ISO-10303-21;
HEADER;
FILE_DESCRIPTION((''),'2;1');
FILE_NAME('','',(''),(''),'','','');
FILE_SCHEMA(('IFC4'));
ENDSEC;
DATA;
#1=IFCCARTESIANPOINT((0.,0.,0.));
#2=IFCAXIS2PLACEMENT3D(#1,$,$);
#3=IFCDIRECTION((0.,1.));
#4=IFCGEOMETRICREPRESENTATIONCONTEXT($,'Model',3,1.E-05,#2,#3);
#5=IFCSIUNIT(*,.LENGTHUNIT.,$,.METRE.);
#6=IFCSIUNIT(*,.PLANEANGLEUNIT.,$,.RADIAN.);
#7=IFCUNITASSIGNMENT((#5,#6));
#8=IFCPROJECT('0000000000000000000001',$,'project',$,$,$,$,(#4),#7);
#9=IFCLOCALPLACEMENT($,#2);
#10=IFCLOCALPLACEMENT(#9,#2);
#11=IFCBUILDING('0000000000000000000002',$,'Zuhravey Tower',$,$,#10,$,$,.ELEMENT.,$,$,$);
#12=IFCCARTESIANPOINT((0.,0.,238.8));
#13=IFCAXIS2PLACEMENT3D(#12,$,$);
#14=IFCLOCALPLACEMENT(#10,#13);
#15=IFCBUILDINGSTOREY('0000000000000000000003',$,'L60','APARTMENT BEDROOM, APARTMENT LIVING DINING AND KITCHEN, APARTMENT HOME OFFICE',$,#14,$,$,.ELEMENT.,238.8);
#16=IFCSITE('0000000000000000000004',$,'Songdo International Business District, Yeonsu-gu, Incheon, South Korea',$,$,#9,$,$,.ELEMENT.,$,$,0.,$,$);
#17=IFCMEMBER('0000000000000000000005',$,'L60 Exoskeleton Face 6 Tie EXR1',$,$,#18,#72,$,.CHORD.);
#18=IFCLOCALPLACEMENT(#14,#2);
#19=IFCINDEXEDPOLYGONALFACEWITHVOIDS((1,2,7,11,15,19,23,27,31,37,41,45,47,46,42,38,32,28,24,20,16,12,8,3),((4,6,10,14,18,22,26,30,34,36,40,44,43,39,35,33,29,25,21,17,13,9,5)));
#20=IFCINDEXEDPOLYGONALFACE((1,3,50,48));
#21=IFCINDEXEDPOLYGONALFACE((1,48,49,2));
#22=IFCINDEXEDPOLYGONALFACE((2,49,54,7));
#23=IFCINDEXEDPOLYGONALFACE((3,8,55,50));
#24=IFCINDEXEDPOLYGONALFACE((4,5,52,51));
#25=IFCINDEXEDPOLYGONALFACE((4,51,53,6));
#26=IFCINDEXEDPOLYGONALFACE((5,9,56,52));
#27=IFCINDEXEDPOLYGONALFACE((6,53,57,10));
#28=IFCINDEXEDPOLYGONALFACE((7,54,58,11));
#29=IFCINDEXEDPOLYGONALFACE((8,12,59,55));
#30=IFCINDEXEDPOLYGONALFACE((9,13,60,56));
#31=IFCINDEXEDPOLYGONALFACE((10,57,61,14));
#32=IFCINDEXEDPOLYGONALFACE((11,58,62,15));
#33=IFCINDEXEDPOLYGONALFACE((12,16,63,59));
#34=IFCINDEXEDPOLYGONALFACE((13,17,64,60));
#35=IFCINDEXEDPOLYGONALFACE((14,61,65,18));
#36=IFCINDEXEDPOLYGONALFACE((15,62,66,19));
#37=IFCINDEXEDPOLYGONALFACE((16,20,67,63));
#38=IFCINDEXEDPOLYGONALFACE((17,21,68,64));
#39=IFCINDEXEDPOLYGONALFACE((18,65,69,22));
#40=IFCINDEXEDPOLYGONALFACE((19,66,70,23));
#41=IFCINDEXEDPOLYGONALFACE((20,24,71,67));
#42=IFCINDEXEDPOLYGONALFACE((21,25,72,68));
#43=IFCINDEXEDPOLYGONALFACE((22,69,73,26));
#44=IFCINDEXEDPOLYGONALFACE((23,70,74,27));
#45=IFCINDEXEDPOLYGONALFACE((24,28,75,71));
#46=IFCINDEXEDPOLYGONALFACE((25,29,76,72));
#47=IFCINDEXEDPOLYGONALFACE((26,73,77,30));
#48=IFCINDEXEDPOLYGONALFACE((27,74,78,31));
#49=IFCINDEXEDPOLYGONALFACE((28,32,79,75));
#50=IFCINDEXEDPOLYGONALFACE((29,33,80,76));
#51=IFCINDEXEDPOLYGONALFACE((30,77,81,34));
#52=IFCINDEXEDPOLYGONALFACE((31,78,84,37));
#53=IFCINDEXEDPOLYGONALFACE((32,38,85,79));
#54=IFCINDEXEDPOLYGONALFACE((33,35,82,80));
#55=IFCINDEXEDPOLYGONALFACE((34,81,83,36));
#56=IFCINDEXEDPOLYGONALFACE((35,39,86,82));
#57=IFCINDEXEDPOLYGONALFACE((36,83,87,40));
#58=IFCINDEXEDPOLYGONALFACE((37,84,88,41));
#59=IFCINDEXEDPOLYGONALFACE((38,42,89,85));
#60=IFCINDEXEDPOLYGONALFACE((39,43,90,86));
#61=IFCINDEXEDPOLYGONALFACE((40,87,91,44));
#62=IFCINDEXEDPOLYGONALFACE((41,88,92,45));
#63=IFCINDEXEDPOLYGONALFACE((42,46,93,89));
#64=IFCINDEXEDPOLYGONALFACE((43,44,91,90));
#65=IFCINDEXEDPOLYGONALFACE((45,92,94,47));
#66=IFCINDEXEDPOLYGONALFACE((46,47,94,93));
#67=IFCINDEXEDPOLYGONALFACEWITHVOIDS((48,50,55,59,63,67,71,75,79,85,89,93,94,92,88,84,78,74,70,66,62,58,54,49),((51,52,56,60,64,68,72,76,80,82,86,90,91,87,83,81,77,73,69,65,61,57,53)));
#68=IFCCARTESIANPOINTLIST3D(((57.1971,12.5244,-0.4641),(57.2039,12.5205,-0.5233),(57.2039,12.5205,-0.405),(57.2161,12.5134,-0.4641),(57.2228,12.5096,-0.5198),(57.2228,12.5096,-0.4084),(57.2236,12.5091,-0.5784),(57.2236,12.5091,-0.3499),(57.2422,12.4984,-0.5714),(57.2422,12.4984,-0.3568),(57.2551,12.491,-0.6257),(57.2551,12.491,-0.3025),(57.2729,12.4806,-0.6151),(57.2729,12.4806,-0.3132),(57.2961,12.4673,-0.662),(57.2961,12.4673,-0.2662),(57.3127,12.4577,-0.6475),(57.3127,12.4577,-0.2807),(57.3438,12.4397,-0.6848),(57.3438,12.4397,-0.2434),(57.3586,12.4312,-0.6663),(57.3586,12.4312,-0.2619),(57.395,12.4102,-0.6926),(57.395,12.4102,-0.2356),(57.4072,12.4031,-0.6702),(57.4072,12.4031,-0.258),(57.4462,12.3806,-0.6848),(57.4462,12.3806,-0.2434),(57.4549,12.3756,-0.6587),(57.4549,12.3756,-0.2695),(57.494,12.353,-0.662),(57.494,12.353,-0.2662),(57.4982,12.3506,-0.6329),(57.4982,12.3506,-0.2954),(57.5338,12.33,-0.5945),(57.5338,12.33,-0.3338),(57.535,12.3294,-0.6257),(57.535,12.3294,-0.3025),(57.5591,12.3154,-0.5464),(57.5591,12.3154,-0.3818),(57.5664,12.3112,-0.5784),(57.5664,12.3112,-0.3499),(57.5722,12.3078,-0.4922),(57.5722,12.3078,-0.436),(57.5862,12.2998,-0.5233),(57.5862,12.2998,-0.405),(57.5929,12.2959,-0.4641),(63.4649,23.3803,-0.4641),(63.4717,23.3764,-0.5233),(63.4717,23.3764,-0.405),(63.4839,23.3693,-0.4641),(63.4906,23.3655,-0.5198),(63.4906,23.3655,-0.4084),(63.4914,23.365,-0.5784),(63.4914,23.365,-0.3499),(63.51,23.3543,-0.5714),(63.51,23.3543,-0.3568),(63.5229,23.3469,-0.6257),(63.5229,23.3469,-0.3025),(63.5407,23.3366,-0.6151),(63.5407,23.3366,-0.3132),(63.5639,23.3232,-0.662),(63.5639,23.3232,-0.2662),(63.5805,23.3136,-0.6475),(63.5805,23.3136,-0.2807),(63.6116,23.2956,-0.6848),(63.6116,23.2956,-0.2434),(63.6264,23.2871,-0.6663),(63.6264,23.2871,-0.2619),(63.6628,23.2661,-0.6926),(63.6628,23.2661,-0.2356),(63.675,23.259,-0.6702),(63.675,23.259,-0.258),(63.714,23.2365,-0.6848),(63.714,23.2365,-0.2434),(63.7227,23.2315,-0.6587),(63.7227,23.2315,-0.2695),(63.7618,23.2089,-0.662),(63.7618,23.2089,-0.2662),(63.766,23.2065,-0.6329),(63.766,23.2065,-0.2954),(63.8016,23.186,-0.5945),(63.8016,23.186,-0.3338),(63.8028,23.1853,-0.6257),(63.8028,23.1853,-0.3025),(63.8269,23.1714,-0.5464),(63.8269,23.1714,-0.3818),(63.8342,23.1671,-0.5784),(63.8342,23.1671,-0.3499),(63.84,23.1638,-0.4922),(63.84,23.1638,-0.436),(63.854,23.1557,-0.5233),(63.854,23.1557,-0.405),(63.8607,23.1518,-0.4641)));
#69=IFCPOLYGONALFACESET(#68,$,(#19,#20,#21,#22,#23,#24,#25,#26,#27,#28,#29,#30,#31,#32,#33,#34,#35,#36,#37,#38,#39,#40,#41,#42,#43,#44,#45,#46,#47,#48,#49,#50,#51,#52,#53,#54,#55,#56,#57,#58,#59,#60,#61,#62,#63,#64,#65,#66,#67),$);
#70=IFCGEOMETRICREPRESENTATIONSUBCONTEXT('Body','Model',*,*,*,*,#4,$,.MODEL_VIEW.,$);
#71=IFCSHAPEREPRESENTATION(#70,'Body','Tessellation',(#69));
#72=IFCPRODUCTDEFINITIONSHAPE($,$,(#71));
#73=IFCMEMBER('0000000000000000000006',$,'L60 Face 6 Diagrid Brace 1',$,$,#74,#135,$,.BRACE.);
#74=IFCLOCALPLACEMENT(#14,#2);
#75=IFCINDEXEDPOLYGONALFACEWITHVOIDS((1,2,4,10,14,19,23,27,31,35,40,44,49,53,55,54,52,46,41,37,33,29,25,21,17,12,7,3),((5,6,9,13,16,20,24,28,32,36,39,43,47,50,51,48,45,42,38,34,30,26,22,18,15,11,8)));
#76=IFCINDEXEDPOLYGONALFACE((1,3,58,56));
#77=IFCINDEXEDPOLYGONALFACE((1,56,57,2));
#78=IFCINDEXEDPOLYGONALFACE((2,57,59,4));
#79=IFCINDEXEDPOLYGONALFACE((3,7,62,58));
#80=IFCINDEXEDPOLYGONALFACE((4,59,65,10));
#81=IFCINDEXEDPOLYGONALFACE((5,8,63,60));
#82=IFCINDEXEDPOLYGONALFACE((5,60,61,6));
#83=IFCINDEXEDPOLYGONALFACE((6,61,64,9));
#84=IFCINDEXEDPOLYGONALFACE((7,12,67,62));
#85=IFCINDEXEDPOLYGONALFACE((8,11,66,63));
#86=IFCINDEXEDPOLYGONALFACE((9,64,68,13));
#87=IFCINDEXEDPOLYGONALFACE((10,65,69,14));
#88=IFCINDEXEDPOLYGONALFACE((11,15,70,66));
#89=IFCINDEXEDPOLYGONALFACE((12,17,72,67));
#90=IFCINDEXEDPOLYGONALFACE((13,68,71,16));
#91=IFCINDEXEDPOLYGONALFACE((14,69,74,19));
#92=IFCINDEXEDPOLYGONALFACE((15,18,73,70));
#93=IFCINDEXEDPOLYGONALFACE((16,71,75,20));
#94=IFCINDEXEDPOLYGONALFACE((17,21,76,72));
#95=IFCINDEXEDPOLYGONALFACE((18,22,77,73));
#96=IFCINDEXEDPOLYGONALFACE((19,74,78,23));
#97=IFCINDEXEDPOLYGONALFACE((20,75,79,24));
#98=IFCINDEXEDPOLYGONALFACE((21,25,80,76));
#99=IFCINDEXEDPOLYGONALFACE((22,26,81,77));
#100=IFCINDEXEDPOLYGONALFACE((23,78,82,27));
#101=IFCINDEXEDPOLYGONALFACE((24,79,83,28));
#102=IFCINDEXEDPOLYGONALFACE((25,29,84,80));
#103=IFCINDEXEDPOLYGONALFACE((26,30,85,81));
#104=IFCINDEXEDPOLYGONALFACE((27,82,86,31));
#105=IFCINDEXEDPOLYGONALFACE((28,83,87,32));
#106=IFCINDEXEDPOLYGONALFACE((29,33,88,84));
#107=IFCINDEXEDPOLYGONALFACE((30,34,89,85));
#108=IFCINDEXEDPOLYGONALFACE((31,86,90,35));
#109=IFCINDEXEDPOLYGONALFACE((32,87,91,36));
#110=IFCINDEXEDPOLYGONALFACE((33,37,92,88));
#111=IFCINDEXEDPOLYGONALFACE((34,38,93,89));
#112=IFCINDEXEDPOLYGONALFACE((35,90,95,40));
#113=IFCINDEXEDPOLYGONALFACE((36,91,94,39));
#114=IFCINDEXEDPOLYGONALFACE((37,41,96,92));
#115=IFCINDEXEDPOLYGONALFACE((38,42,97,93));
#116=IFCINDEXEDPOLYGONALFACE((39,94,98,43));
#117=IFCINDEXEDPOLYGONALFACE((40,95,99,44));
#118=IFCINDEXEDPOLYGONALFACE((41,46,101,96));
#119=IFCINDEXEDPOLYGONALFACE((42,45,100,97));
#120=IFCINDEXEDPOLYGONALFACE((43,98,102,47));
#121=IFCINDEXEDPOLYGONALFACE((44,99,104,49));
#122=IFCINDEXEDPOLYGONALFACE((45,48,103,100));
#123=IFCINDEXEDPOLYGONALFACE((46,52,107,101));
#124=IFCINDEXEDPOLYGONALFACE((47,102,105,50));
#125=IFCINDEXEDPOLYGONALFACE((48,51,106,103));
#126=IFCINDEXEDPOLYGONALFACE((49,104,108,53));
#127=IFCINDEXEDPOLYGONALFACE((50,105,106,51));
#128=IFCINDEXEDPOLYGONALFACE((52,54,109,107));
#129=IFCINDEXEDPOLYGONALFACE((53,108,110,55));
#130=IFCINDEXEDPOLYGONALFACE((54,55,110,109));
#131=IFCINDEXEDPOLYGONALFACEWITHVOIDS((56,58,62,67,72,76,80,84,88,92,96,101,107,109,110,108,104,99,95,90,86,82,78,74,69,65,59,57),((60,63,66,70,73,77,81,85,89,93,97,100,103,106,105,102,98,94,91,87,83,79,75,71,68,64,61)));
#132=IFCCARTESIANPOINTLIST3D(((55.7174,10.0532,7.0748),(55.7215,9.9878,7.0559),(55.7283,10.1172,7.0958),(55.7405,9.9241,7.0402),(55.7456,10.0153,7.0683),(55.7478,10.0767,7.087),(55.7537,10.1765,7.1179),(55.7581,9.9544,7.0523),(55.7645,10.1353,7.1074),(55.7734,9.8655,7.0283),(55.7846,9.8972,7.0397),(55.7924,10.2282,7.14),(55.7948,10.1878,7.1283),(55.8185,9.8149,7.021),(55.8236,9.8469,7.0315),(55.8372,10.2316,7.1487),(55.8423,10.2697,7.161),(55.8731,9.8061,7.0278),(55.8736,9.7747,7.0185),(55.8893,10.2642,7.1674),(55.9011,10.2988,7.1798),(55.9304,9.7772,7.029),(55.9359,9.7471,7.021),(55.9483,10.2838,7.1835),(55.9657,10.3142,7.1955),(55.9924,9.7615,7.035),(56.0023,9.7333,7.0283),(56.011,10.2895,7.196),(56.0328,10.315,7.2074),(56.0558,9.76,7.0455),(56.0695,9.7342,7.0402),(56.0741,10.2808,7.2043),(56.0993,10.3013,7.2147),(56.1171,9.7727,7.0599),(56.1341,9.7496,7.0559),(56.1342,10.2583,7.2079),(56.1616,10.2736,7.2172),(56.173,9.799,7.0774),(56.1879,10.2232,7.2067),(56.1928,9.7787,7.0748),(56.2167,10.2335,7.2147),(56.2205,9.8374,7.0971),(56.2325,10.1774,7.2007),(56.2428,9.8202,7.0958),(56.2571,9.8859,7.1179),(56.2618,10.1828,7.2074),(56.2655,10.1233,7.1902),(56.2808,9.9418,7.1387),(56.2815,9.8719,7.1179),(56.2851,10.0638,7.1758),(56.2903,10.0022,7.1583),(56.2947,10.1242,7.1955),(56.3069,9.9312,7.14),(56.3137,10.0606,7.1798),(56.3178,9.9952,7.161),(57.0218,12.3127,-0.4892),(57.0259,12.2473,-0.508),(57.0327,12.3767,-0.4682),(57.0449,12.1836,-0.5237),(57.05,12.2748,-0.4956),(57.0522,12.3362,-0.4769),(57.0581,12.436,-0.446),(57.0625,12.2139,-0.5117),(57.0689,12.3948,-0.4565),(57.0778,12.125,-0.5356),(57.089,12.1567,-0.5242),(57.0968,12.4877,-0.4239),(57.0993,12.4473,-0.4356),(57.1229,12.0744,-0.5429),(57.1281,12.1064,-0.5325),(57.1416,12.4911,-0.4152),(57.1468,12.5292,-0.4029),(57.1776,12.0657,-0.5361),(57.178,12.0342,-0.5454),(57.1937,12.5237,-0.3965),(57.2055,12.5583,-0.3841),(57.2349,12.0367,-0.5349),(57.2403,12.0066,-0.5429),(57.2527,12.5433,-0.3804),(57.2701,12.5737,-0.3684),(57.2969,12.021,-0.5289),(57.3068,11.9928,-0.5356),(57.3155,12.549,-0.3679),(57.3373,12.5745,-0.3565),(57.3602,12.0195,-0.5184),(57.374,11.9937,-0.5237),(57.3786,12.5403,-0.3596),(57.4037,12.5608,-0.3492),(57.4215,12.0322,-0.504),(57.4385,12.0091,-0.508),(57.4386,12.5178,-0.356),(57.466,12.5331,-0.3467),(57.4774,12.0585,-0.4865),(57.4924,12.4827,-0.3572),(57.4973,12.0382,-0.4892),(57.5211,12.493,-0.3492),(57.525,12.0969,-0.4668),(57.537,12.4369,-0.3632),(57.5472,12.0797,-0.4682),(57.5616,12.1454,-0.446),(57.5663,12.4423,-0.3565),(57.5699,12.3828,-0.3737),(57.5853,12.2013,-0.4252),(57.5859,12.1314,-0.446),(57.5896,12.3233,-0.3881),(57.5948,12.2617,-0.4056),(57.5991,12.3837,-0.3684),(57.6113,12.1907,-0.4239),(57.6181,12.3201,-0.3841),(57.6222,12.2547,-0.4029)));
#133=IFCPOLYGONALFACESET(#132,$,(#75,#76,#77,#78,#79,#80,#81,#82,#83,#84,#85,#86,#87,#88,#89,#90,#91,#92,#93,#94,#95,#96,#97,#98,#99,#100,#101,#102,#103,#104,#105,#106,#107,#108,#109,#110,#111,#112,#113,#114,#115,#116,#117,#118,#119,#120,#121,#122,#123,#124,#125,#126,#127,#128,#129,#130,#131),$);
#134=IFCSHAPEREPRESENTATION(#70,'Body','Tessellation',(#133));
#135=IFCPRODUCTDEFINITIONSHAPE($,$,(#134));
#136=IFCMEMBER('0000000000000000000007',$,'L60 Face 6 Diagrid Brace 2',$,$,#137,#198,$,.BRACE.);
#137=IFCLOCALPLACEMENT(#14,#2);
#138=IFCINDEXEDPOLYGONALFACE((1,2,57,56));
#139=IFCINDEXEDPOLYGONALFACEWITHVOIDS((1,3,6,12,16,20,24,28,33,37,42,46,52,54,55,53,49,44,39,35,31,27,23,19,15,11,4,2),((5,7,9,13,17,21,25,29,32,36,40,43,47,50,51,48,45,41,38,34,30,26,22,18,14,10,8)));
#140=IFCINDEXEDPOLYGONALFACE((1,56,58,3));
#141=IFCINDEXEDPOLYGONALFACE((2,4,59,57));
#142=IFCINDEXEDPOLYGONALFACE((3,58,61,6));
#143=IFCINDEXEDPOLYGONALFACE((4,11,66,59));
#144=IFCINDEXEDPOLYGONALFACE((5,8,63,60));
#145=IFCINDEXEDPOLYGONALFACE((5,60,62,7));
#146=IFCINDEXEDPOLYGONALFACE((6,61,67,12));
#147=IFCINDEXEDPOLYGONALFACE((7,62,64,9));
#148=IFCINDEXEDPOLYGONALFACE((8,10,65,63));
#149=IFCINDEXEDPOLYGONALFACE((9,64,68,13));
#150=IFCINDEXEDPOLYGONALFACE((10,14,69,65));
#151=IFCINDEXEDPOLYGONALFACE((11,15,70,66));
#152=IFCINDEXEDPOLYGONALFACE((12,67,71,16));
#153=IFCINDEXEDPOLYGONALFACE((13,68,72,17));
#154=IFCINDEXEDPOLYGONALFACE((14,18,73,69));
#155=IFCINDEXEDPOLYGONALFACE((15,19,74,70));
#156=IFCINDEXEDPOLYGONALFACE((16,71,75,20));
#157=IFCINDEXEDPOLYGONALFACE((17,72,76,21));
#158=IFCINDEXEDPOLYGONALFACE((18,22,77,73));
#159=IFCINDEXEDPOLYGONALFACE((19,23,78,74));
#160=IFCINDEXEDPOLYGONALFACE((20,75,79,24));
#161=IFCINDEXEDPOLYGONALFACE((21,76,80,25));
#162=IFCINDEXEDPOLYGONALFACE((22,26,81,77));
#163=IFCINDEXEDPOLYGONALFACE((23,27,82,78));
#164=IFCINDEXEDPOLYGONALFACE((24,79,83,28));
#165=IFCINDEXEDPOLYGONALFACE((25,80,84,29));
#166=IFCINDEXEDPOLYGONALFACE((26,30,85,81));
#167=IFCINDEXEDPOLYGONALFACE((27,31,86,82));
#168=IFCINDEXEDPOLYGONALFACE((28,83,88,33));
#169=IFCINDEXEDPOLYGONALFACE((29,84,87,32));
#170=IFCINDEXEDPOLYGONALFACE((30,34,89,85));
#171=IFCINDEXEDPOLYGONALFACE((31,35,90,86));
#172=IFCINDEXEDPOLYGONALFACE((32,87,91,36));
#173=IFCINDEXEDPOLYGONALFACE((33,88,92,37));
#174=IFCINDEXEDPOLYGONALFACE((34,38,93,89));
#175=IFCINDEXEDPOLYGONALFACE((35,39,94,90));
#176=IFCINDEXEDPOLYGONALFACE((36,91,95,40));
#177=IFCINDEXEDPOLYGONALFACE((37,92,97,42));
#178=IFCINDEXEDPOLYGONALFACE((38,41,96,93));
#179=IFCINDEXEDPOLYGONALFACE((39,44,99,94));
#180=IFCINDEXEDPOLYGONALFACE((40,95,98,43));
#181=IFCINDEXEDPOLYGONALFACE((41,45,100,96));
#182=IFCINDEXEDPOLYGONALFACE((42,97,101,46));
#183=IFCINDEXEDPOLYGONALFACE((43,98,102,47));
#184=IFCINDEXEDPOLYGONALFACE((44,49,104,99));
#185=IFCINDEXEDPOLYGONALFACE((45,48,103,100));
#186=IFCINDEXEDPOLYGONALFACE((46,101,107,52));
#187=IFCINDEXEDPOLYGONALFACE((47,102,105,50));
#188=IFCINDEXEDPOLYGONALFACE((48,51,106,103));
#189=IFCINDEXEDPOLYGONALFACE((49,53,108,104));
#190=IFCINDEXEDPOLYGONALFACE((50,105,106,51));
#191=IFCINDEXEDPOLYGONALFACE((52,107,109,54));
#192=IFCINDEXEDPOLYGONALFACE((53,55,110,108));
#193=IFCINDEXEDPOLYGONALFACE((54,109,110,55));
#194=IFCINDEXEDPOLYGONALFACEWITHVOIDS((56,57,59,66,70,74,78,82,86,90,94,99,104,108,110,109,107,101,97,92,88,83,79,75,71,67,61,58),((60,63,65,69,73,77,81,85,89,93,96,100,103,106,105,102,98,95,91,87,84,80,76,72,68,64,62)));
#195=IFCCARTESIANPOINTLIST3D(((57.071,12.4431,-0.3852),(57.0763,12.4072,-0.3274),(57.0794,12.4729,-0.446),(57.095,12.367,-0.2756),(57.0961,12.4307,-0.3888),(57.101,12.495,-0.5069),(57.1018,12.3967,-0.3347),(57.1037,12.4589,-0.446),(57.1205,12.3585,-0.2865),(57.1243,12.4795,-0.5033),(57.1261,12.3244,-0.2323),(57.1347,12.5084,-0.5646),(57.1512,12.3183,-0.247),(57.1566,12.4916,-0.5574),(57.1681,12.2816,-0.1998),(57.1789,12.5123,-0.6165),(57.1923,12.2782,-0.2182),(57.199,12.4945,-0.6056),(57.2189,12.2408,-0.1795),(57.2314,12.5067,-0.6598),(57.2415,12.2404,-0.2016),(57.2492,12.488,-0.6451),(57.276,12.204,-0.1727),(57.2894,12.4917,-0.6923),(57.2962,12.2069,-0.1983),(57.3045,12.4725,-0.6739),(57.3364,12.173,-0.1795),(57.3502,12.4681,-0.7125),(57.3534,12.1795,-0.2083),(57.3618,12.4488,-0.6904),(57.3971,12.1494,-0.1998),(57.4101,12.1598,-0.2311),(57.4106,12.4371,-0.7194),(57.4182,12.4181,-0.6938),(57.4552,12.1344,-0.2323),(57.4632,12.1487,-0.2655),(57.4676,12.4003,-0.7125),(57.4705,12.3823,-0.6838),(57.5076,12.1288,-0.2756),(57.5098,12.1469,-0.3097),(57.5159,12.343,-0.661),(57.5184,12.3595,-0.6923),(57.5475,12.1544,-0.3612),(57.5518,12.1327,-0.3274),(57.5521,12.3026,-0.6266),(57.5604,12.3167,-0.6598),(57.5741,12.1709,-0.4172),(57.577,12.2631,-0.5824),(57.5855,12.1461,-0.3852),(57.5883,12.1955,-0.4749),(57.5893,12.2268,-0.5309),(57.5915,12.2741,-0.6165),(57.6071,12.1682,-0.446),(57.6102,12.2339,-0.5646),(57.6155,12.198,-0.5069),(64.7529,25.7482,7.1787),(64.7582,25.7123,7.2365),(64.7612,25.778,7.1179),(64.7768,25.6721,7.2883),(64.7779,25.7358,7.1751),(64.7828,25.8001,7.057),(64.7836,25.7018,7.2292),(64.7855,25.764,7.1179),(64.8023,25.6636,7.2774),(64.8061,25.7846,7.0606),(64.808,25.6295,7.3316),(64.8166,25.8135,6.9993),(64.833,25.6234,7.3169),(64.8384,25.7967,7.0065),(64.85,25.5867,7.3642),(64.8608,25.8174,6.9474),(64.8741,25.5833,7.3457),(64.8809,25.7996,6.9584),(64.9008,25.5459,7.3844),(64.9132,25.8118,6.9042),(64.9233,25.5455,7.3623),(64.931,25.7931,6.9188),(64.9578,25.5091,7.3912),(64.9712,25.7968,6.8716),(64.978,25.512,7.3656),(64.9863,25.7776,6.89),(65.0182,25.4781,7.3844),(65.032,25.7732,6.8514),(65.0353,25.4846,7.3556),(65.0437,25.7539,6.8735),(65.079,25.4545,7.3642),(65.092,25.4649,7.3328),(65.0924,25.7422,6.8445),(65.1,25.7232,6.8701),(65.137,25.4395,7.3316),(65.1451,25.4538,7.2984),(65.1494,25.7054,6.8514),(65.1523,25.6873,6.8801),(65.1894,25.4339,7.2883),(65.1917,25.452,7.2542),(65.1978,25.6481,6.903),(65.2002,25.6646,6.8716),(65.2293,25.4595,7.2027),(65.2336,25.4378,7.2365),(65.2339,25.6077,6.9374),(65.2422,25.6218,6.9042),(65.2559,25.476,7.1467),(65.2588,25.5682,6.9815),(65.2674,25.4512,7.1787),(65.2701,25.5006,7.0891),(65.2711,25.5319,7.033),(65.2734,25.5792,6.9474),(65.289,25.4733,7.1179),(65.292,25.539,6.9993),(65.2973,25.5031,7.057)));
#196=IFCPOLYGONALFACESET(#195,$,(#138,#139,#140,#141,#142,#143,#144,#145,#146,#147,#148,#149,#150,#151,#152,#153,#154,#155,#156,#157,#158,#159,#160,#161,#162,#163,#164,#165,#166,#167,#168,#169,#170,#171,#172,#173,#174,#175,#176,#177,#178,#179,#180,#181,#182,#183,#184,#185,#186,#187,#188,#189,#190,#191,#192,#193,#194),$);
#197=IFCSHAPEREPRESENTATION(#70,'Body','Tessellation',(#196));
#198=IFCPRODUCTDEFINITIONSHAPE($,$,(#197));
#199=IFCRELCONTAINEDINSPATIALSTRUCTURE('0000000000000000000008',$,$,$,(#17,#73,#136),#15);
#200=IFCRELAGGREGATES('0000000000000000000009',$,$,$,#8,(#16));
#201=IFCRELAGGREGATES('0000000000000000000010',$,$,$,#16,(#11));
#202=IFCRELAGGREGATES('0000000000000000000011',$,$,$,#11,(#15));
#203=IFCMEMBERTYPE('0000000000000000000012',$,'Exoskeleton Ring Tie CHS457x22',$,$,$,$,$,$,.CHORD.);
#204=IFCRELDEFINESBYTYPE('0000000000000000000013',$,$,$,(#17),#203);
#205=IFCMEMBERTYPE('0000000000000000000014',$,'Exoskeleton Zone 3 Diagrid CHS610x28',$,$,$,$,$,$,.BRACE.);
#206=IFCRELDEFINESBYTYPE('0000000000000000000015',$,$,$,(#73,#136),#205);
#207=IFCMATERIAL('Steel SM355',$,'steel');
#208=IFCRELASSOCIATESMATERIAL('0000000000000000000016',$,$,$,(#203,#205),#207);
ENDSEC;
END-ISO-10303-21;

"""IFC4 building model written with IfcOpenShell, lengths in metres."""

from ifc_helpers import new_model, si_unit, direction, frame, origin, origin_2d, place, context, subcontext, project, spatial, hollow_circle, extrude, material, material_profile, profile_set, type_object, element, save


model = new_model("IFC4")

# Units and contexts
model_context = context("Model", 3, precision=1e-05, world=origin(), true_north=direction((0.0, 1.0)))
body_context = subcontext(model_context, "Body", "Model", "MODEL_VIEW")
ifc_project = project(units=[si_unit("LENGTHUNIT", "METRE"), si_unit("PLANEANGLEUNIT", "RADIAN")], contexts=[model_context])

# Site, building, storey
site_placement = place(None, origin())
site = spatial("IfcSite", under=ifc_project, at=site_placement, Name="Songdo International Business District, Yeonsu-gu, Incheon, South Korea", CompositionType="ELEMENT", RefElevation=0.0)
building_placement = place(site_placement, origin())
building = spatial("IfcBuilding", under=site, at=building_placement, Name="Zuhravey Tower", CompositionType="ELEMENT")
storey_placement = place(building_placement, frame((0.0, 0.0, 238.8)))
storey = spatial("IfcBuildingStorey", under=building, at=storey_placement, Name="L60", Description="APARTMENT BEDROOM, APARTMENT LIVING DINING AND KITCHEN, APARTMENT HOME OFFICE", CompositionType="ELEMENT", Elevation=238.8)

# Members
ifc_material_1 = material(Name="Steel SM355", Category="steel")
ifc_material_profile_1 = material_profile(ifc_material_1, hollow_circle(Radius=0.2285, WallThickness=0.022, at=origin_2d()), Name="CHS-457.2x22")
ifc_profile_set_1 = profile_set([ifc_material_profile_1], Name="Steel SM355")
member_type_1 = type_object("IfcMemberType", Name="Exoskeleton Ring Tie CHS457x22", PredefinedType="CHORD", material=ifc_profile_set_1)
member_1_placement = place(storey_placement, frame((57.395, 12.4102, -0.4641), z_axis=(0.500008, 0.866021, 0.0), x_axis=(-0.866021, 0.500008, 0.0)))
element("IfcMember", 1, at=member_1_placement, inside=storey, type_object=member_type_1, Name="L60 Exoskeleton Face 6 Tie EXR1", PredefinedType="CHORD", context=body_context, shape_type="SweptSolid", body=[
    extrude(hollow_circle(Radius=0.2285, WallThickness=0.022, at=origin_2d()), origin(), (0.0, 0.0, 1.0), 12.5354),
])
ifc_material_profile_2 = material_profile(ifc_material_1, hollow_circle(Radius=0.3047, WallThickness=0.0281, at=origin_2d()), Name="CHS-609.6x28")
ifc_profile_set_2 = profile_set([ifc_material_profile_2], Name="Steel SM355")
member_type_2 = type_object("IfcMemberType", Name="Exoskeleton Zone 3 Diagrid CHS610x28", PredefinedType="BRACE", material=ifc_profile_set_2)
member_2_placement = place(storey_placement, frame((57.322, 12.2837, -0.446), z_axis=(-0.163029, -0.282395, 0.945344), x_axis=(0.866041, -0.499974, 0.0)))
element("IfcMember", 2, at=member_2_placement, inside=storey, type_object=member_type_2, Name="L60 Face 6 Diagrid Brace 1", PredefinedType="BRACE", context=body_context, shape_type="SweptSolid", body=[
    extrude(hollow_circle(Radius=0.3047, WallThickness=0.0281, at=origin_2d()), origin(), (0.0, 0.0, 1.0), 8.0012),
])
member_3_placement = place(storey_placement, frame((57.3433, 12.3206, -0.446), z_axis=(0.448587, 0.776962, 0.441701), x_axis=(-0.866022, 0.500007, 0.0)))
element("IfcMember", 3, at=member_3_placement, inside=storey, type_object=member_type_2, Name="L60 Face 6 Diagrid Brace 2", PredefinedType="BRACE", context=body_context, shape_type="SweptSolid", body=[
    extrude(hollow_circle(Radius=0.3047, WallThickness=0.0281, at=origin_2d()), origin(), (0.0, 0.0, 1.0), 17.1245),
])

save(model, "model.ifc")
